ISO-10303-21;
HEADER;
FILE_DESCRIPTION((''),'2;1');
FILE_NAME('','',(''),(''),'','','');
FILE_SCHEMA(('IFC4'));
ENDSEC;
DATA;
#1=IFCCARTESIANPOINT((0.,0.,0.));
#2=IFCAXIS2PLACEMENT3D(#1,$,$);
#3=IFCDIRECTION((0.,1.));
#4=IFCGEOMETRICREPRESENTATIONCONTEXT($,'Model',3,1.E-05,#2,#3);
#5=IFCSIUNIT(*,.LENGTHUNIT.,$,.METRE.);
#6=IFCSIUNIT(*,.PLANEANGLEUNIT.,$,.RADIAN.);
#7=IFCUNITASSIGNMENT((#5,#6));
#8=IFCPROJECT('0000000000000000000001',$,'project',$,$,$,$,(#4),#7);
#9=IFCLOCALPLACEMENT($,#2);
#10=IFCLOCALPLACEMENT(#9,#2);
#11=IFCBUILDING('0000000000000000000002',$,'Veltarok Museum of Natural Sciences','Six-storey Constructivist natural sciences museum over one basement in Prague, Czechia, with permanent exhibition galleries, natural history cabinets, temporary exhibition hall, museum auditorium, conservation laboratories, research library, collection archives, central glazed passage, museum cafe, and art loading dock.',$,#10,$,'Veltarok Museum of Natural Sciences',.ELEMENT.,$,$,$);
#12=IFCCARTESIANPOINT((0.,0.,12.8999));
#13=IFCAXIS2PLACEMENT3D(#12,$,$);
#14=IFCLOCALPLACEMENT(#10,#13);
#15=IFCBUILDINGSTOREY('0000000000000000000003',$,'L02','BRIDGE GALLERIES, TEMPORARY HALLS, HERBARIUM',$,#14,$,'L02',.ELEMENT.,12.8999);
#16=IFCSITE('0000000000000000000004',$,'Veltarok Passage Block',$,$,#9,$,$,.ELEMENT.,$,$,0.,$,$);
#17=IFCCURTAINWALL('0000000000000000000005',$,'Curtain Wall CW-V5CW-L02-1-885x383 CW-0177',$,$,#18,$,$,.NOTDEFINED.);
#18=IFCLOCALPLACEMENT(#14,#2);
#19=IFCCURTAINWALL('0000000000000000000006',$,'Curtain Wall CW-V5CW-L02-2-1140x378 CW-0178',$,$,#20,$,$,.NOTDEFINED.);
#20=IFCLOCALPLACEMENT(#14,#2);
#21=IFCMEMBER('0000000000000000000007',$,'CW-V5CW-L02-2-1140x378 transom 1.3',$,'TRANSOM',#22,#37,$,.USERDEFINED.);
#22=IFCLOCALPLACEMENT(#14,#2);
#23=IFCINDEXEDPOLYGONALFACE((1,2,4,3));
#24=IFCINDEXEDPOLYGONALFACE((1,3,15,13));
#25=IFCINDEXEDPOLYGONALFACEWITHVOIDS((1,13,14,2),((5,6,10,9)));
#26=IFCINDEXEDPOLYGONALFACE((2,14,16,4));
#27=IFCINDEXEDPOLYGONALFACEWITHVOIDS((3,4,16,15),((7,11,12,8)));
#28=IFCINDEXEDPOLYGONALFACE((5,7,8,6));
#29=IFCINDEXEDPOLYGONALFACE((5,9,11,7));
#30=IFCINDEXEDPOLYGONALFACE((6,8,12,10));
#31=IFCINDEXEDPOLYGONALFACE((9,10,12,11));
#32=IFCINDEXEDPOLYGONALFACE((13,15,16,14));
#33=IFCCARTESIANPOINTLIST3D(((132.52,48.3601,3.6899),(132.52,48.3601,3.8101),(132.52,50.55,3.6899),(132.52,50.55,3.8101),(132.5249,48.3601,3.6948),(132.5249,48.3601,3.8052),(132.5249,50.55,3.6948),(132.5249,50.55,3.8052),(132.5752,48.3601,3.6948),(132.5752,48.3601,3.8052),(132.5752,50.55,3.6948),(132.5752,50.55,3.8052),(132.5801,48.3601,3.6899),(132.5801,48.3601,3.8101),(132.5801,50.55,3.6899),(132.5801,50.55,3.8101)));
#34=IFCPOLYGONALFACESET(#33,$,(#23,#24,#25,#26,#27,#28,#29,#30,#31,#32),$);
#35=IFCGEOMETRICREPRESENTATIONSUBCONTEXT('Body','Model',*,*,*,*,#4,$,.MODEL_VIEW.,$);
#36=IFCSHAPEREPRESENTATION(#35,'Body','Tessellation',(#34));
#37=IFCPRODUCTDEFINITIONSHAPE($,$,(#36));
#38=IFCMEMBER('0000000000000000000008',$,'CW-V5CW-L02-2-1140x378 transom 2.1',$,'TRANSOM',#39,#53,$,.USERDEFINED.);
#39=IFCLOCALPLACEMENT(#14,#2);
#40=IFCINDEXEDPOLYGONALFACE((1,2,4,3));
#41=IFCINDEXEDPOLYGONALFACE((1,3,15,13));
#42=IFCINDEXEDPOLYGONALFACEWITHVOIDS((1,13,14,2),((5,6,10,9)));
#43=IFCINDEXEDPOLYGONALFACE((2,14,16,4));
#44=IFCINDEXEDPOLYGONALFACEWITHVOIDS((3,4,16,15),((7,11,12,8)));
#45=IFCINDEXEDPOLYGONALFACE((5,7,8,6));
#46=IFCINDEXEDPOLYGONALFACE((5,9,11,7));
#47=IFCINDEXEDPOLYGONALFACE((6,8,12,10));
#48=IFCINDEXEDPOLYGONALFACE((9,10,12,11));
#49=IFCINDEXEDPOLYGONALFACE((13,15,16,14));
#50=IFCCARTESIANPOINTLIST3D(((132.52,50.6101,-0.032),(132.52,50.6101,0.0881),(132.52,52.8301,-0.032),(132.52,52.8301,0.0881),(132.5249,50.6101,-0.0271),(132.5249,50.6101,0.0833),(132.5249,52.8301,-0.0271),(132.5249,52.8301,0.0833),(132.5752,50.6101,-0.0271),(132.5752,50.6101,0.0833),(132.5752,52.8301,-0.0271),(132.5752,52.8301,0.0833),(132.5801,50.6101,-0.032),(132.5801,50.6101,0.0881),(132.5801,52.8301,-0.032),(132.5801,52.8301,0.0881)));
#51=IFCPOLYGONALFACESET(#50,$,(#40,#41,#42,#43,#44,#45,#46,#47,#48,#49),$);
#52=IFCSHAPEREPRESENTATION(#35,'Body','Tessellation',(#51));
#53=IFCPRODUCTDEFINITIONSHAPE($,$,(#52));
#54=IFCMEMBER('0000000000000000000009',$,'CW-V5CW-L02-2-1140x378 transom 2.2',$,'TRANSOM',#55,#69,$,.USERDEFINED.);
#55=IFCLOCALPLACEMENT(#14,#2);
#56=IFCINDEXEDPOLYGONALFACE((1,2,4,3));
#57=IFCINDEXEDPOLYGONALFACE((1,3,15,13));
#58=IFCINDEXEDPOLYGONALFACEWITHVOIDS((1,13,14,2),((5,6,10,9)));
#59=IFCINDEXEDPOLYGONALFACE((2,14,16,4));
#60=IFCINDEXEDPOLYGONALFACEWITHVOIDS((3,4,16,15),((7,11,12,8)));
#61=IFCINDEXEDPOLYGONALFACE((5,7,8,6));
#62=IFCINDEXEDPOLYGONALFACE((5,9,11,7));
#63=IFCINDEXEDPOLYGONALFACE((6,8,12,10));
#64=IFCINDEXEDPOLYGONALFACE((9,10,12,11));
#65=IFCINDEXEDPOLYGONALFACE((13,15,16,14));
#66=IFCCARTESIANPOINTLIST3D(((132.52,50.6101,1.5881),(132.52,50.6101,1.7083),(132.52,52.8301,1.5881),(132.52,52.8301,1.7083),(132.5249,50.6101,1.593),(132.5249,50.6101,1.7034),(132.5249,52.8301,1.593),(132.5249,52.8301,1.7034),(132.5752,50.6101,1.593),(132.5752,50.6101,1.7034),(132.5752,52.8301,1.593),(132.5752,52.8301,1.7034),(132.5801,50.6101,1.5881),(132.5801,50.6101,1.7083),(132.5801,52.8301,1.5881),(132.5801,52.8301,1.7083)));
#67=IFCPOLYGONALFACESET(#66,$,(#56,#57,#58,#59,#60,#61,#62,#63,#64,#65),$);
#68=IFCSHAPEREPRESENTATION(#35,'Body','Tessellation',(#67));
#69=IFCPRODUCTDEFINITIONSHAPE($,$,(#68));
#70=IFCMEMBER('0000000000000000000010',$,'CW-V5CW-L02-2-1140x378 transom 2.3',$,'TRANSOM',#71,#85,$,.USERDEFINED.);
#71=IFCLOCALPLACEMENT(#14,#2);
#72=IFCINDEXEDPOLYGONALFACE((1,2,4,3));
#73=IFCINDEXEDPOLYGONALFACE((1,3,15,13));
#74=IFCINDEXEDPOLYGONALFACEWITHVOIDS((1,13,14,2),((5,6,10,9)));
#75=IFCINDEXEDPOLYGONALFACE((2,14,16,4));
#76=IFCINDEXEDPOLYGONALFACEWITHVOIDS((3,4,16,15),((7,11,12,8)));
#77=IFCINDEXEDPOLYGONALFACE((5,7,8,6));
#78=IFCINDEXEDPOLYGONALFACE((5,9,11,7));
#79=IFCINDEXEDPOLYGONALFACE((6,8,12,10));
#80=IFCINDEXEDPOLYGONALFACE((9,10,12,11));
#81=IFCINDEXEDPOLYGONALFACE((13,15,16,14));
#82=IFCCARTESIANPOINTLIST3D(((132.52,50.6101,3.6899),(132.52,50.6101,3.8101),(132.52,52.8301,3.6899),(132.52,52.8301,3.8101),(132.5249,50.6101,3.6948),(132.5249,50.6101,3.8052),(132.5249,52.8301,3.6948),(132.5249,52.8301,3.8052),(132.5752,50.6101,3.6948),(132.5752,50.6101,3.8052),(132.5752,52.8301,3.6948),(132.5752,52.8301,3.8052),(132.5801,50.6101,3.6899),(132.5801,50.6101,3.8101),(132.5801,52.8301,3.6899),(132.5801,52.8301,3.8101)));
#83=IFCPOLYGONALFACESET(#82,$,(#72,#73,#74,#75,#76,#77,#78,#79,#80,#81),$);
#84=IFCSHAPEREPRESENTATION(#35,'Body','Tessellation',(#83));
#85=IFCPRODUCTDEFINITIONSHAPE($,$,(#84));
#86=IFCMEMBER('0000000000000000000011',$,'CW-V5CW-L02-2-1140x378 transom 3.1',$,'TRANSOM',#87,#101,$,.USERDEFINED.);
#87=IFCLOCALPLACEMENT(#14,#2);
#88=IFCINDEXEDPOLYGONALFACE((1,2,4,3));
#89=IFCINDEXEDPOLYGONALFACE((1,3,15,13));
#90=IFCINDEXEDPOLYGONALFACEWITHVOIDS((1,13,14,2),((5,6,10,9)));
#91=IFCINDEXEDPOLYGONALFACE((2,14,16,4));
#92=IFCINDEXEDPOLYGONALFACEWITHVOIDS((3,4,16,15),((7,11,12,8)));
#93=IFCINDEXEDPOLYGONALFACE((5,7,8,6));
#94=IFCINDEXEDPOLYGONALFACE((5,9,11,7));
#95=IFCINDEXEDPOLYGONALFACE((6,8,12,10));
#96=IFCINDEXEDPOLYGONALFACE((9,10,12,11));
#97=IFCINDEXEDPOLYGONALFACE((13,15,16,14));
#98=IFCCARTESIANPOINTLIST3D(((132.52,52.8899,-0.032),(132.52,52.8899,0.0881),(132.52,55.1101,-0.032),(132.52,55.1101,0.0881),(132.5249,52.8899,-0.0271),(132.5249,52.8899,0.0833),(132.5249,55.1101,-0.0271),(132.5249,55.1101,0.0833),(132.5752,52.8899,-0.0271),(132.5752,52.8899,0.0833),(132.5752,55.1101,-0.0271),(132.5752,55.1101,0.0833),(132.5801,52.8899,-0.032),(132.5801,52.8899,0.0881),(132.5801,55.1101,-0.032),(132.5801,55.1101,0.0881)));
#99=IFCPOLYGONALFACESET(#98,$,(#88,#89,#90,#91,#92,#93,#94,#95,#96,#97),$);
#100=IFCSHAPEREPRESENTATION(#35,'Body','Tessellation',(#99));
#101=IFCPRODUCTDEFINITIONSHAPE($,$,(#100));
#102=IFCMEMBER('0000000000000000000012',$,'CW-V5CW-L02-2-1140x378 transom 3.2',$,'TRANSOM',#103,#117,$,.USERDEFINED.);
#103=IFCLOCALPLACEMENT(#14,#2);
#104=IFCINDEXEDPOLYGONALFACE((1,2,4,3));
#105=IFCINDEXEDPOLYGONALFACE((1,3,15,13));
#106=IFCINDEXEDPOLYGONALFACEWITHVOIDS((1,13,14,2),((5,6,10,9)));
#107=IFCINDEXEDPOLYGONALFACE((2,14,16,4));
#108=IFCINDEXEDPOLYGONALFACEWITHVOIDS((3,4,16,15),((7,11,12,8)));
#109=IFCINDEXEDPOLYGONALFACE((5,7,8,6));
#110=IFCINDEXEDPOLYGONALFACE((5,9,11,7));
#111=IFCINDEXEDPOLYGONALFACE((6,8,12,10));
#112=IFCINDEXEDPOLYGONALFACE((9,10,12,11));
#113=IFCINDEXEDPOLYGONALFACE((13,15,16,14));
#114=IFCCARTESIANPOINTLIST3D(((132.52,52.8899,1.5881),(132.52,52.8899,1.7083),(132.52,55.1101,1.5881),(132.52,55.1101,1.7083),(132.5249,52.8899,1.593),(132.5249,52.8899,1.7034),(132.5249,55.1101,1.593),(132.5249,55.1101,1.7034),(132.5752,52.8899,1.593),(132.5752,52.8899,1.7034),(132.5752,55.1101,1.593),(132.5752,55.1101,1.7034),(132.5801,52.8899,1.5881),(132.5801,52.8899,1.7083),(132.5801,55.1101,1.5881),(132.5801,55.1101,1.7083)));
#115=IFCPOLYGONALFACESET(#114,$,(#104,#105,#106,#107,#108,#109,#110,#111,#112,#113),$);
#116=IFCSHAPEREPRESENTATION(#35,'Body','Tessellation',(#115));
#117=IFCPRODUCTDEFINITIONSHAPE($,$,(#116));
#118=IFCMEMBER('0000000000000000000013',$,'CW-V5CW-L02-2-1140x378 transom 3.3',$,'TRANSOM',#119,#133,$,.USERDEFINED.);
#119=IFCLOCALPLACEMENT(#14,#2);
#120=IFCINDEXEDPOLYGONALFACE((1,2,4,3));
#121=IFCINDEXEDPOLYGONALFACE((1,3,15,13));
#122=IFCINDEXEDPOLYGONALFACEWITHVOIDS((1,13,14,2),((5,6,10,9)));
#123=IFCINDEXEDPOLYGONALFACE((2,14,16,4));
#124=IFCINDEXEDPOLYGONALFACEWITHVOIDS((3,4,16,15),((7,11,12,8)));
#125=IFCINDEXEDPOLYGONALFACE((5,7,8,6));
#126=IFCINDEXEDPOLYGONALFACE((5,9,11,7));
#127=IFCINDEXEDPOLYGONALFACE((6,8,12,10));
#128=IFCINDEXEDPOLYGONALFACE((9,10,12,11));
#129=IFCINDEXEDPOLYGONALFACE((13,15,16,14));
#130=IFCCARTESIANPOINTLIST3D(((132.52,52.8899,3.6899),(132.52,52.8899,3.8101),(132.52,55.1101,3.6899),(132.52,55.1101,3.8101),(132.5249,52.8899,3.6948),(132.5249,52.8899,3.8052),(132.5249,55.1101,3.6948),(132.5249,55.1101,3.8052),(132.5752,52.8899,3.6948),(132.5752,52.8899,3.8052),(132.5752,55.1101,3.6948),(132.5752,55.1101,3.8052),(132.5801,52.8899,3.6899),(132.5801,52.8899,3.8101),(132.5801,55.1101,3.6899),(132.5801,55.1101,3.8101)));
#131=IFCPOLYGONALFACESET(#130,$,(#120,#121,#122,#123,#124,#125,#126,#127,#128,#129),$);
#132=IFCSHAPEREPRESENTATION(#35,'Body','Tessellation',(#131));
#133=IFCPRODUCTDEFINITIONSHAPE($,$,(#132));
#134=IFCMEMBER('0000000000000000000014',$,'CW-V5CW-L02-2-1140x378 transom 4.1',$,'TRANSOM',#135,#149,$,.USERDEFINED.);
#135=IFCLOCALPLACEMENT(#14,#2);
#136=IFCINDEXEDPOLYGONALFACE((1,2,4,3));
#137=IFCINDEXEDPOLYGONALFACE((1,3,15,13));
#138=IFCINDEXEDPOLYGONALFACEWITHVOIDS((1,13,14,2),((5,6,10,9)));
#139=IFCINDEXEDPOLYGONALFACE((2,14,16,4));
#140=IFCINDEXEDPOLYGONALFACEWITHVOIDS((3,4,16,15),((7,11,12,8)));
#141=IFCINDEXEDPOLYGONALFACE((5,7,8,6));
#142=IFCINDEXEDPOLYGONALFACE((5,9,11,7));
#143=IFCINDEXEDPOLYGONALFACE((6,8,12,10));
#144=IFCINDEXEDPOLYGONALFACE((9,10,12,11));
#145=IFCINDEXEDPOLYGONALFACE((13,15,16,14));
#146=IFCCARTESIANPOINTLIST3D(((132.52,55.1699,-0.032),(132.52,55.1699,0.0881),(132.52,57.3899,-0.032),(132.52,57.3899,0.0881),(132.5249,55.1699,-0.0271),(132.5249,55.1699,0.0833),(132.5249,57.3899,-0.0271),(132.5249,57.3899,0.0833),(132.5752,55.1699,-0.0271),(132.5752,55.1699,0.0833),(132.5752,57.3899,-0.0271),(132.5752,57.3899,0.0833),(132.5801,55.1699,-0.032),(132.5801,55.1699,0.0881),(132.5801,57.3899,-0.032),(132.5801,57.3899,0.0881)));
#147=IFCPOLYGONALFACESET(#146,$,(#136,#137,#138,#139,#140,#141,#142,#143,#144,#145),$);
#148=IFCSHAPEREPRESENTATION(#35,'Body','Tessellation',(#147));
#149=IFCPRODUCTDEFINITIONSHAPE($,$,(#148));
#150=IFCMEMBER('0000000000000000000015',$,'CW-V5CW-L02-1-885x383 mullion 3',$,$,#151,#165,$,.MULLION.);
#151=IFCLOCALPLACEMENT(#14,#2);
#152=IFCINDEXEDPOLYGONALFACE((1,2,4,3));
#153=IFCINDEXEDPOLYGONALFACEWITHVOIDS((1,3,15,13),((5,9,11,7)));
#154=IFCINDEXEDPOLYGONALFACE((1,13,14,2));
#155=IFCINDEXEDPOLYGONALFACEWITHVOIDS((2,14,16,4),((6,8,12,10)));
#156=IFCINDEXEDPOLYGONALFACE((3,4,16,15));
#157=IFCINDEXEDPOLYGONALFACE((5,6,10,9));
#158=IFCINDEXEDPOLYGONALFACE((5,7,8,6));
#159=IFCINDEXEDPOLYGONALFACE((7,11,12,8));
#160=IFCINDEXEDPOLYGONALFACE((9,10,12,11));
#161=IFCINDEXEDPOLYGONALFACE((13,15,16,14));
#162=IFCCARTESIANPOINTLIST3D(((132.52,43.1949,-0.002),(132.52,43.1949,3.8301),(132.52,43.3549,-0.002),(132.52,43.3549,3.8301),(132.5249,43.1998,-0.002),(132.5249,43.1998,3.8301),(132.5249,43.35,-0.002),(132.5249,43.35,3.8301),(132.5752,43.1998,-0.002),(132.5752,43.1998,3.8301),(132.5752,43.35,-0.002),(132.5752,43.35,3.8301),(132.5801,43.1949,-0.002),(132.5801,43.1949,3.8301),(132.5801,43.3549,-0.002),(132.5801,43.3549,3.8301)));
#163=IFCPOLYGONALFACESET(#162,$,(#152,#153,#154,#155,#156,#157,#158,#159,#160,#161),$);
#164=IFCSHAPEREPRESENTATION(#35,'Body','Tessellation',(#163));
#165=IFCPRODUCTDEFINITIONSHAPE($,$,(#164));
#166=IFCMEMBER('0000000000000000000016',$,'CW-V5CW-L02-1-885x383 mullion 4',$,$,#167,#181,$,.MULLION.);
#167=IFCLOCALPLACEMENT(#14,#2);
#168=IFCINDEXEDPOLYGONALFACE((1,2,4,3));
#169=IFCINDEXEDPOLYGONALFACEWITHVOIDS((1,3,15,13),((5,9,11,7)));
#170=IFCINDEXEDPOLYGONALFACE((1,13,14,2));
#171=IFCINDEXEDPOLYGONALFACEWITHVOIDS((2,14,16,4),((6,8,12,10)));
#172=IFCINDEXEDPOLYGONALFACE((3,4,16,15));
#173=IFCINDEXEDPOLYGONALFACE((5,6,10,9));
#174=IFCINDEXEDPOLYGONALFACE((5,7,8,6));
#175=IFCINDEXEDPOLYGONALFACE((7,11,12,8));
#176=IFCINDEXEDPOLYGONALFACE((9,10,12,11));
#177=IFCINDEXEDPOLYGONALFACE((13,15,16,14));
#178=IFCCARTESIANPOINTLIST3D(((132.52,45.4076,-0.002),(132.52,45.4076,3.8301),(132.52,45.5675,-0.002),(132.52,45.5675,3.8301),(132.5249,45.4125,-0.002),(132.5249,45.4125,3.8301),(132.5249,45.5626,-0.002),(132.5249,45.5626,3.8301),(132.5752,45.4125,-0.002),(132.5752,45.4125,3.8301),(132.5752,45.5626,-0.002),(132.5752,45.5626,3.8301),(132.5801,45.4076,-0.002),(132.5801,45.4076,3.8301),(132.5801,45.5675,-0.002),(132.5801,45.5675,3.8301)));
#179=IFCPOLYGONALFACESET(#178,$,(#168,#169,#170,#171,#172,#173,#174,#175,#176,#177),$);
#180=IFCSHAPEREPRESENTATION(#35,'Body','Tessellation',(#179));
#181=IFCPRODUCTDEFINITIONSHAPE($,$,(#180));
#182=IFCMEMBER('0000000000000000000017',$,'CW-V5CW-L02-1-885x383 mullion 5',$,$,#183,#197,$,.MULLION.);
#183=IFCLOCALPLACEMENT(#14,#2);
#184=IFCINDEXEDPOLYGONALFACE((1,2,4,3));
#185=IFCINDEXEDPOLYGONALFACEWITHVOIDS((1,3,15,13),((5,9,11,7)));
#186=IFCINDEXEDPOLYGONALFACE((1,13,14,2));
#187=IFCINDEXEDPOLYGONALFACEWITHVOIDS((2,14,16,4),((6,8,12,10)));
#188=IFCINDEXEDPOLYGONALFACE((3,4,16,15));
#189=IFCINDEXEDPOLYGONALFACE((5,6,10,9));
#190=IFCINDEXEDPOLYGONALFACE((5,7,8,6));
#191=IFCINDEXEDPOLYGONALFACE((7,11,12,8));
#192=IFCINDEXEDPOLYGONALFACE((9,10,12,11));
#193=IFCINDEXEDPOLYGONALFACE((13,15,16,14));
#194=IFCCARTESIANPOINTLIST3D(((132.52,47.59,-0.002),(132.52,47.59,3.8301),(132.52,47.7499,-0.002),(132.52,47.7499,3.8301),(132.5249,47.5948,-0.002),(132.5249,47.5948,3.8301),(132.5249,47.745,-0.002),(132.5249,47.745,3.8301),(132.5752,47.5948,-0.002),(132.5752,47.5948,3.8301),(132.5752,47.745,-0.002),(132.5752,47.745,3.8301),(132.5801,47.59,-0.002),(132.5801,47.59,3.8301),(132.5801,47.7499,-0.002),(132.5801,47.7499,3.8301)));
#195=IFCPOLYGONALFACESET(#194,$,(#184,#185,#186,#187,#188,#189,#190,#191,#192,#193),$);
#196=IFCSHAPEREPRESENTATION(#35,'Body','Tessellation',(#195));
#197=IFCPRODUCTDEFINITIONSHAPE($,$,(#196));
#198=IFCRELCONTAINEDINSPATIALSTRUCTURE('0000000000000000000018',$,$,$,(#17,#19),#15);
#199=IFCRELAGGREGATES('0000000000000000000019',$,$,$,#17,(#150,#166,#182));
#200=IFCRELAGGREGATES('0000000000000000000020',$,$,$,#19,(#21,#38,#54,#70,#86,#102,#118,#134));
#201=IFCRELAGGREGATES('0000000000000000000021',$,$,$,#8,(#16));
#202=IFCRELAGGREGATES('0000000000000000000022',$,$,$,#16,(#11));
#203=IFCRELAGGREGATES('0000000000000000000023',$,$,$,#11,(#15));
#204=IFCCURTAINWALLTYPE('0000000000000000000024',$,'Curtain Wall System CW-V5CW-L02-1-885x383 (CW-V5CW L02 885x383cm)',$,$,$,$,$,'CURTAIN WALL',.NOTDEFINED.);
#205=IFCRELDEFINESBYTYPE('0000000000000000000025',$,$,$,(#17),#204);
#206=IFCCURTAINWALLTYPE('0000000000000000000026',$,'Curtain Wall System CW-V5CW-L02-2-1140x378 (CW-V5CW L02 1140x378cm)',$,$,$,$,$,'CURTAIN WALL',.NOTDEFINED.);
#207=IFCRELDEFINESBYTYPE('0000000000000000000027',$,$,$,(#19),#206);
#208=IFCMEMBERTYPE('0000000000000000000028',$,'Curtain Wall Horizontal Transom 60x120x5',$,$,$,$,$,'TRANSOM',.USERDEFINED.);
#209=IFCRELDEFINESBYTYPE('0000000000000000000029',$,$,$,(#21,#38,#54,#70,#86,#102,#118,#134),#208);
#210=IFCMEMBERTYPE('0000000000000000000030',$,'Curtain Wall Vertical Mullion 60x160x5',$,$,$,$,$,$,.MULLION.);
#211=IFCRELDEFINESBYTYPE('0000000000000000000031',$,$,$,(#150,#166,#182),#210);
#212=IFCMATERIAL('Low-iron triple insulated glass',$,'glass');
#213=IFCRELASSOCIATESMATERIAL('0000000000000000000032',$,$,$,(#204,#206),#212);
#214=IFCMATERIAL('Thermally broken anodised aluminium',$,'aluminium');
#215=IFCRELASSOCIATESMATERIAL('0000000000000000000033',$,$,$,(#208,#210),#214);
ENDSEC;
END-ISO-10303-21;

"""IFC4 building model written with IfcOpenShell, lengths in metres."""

from ifc_helpers import new_model, si_unit, direction, frame, origin, origin_2d, place, context, subcontext, project, spatial, hollow_rectangle, extrude, material, material_profile, profile_set, type_object, element, aggregate, save


model = new_model("IFC4")

# Units and contexts
model_context = context("Model", 3, precision=1e-05, world=origin(), true_north=direction((0.0, 1.0)))
body_context = subcontext(model_context, "Body", "Model", "MODEL_VIEW")
ifc_project = project(units=[si_unit("LENGTHUNIT", "METRE"), si_unit("PLANEANGLEUNIT", "RADIAN")], contexts=[model_context])

# Site, building, storey
site_placement = place(None, origin())
site = spatial("IfcSite", under=ifc_project, at=site_placement, Name="Veltarok Passage Block", CompositionType="ELEMENT", RefElevation=0.0)
building_placement = place(site_placement, origin())
building = spatial("IfcBuilding", under=site, at=building_placement, Name="Veltarok Museum of Natural Sciences", Description="Six-storey Constructivist natural sciences museum over one basement in Prague, Czechia, with permanent exhibition galleries, natural history cabinets, temporary exhibition hall, museum auditorium, conservation laboratories, research library, collection archives, central glazed passage, museum cafe, and art loading dock.", LongName="Veltarok Museum of Natural Sciences", CompositionType="ELEMENT")
storey_placement = place(building_placement, frame((0.0, 0.0, 12.8999)))
storey = spatial("IfcBuildingStorey", under=building, at=storey_placement, Name="L02", Description="BRIDGE GALLERIES, TEMPORARY HALLS, HERBARIUM", LongName="L02", CompositionType="ELEMENT", Elevation=12.8999)

# Curtain walls, members
ifc_material_1 = material(Name="Low-iron triple insulated glass", Category="glass")
curtain_wall_type_1 = type_object("IfcCurtainWallType", Name="Curtain Wall System CW-V5CW-L02-1-885x383 (CW-V5CW L02 885x383cm)", ElementType="CURTAIN WALL", PredefinedType="NOTDEFINED", material=ifc_material_1)
curtain_wall_1_placement = place(storey_placement, origin())
curtain_wall_1 = element("IfcCurtainWall", 1, at=curtain_wall_1_placement, inside=storey, type_object=curtain_wall_type_1, Name="Curtain Wall CW-V5CW-L02-1-885x383 CW-0177", PredefinedType="NOTDEFINED")
ifc_material_2 = material(Name="Thermally broken anodised aluminium", Category="aluminium")
ifc_material_profile_1 = material_profile(ifc_material_2, hollow_rectangle(XDim=0.0601, YDim=0.1201, WallThickness=0.0049, at=origin_2d()), Name="CW TRANSOM 60x120x5")
ifc_profile_set_1 = profile_set([ifc_material_profile_1], Name="Thermally broken anodised aluminium")
member_type_1 = type_object("IfcMemberType", Name="Curtain Wall Horizontal Transom 60x120x5", ElementType="TRANSOM", PredefinedType="USERDEFINED", material=ifc_profile_set_1)
curtain_wall_type_2 = type_object("IfcCurtainWallType", Name="Curtain Wall System CW-V5CW-L02-2-1140x378 (CW-V5CW L02 1140x378cm)", ElementType="CURTAIN WALL", PredefinedType="NOTDEFINED", material=ifc_material_1)
curtain_wall_2_placement = place(storey_placement, origin())
curtain_wall_2 = element("IfcCurtainWall", 2, at=curtain_wall_2_placement, inside=storey, type_object=curtain_wall_type_2, Name="Curtain Wall CW-V5CW-L02-2-1140x378 CW-0178", PredefinedType="NOTDEFINED")
member_1_placement = place(storey_placement, frame((132.55, 48.3601, 3.75), z_axis=(0.0, 1.0, 0.0), x_axis=(-1.0, 0.0, 0.0)))
member_1 = element("IfcMember", 3, at=member_1_placement, type_object=member_type_1, Name="CW-V5CW-L02-2-1140x378 transom 1.3", ObjectType="TRANSOM", PredefinedType="USERDEFINED", context=body_context, shape_type="SweptSolid", body=[
    extrude(hollow_rectangle(XDim=0.0601, YDim=0.1201, WallThickness=0.0049, at=origin_2d()), origin(), (0.0, 0.0, 1.0), 2.1899),
])
member_2_placement = place(storey_placement, frame((132.55, 50.6101, 0.0281), z_axis=(0.0, 1.0, 0.0), x_axis=(-1.0, 0.0, 0.0)))
member_2 = element("IfcMember", 4, at=member_2_placement, type_object=member_type_1, Name="CW-V5CW-L02-2-1140x378 transom 2.1", ObjectType="TRANSOM", PredefinedType="USERDEFINED", context=body_context, shape_type="SweptSolid", body=[
    extrude(hollow_rectangle(XDim=0.0601, YDim=0.1201, WallThickness=0.0049, at=origin_2d()), origin(), (0.0, 0.0, 1.0), 2.22),
])
member_3_placement = place(storey_placement, frame((132.55, 50.6101, 1.6482), z_axis=(0.0, 1.0, 0.0), x_axis=(-1.0, 0.0, 0.0)))
member_3 = element("IfcMember", 5, at=member_3_placement, type_object=member_type_1, Name="CW-V5CW-L02-2-1140x378 transom 2.2", ObjectType="TRANSOM", PredefinedType="USERDEFINED", context=body_context, shape_type="SweptSolid", body=[
    extrude(hollow_rectangle(XDim=0.0601, YDim=0.1201, WallThickness=0.0049, at=origin_2d()), origin(), (0.0, 0.0, 1.0), 2.22),
])
member_4_placement = place(storey_placement, frame((132.55, 50.6101, 3.75), z_axis=(0.0, 1.0, 0.0), x_axis=(-1.0, 0.0, 0.0)))
member_4 = element("IfcMember", 6, at=member_4_placement, type_object=member_type_1, Name="CW-V5CW-L02-2-1140x378 transom 2.3", ObjectType="TRANSOM", PredefinedType="USERDEFINED", context=body_context, shape_type="SweptSolid", body=[
    extrude(hollow_rectangle(XDim=0.0601, YDim=0.1201, WallThickness=0.0049, at=origin_2d()), origin(), (0.0, 0.0, 1.0), 2.22),
])
member_5_placement = place(storey_placement, frame((132.55, 52.8899, 0.0281), z_axis=(0.0, 1.0, 0.0), x_axis=(-1.0, 0.0, 0.0)))
member_5 = element("IfcMember", 7, at=member_5_placement, type_object=member_type_1, Name="CW-V5CW-L02-2-1140x378 transom 3.1", ObjectType="TRANSOM", PredefinedType="USERDEFINED", context=body_context, shape_type="SweptSolid", body=[
    extrude(hollow_rectangle(XDim=0.0601, YDim=0.1201, WallThickness=0.0049, at=origin_2d()), origin(), (0.0, 0.0, 1.0), 2.2202),
])
member_6_placement = place(storey_placement, frame((132.55, 52.8899, 1.6482), z_axis=(0.0, 1.0, 0.0), x_axis=(-1.0, 0.0, 0.0)))
member_6 = element("IfcMember", 8, at=member_6_placement, type_object=member_type_1, Name="CW-V5CW-L02-2-1140x378 transom 3.2", ObjectType="TRANSOM", PredefinedType="USERDEFINED", context=body_context, shape_type="SweptSolid", body=[
    extrude(hollow_rectangle(XDim=0.0601, YDim=0.1201, WallThickness=0.0049, at=origin_2d()), origin(), (0.0, 0.0, 1.0), 2.2202),
])
member_7_placement = place(storey_placement, frame((132.55, 52.8899, 3.75), z_axis=(0.0, 1.0, 0.0), x_axis=(-1.0, 0.0, 0.0)))
member_7 = element("IfcMember", 9, at=member_7_placement, type_object=member_type_1, Name="CW-V5CW-L02-2-1140x378 transom 3.3", ObjectType="TRANSOM", PredefinedType="USERDEFINED", context=body_context, shape_type="SweptSolid", body=[
    extrude(hollow_rectangle(XDim=0.0601, YDim=0.1201, WallThickness=0.0049, at=origin_2d()), origin(), (0.0, 0.0, 1.0), 2.2202),
])
member_8_placement = place(storey_placement, frame((132.55, 55.1699, 0.0281), z_axis=(0.0, 1.0, 0.0), x_axis=(-1.0, 0.0, 0.0)))
member_8 = element("IfcMember", 10, at=member_8_placement, type_object=member_type_1, Name="CW-V5CW-L02-2-1140x378 transom 4.1", ObjectType="TRANSOM", PredefinedType="USERDEFINED", context=body_context, shape_type="SweptSolid", body=[
    extrude(hollow_rectangle(XDim=0.0601, YDim=0.1201, WallThickness=0.0049, at=origin_2d()), origin(), (0.0, 0.0, 1.0), 2.22),
])

# Members
ifc_material_profile_2 = material_profile(ifc_material_2, hollow_rectangle(XDim=0.0601, YDim=0.1599, WallThickness=0.0049, at=origin_2d()), Name="CW MULLION 60x160x5")
ifc_profile_set_2 = profile_set([ifc_material_profile_2], Name="Thermally broken anodised aluminium")
member_type_2 = type_object("IfcMemberType", Name="Curtain Wall Vertical Mullion 60x160x5", PredefinedType="MULLION", material=ifc_profile_set_2)
member_9_placement = place(storey_placement, frame((132.55, 43.2749, -0.002), z_axis=(0.0, 0.0, 1.0), x_axis=(-1.0, 0.0, 0.0)))
member_9 = element("IfcMember", 11, at=member_9_placement, type_object=member_type_2, Name="CW-V5CW-L02-1-885x383 mullion 3", PredefinedType="MULLION", context=body_context, shape_type="SweptSolid", body=[
    extrude(hollow_rectangle(XDim=0.0601, YDim=0.1599, WallThickness=0.0049, at=origin_2d()), origin(), (0.0, 0.0, 1.0), 3.832),
])
member_10_placement = place(storey_placement, frame((132.55, 45.4875, -0.002), z_axis=(0.0, 0.0, 1.0), x_axis=(-1.0, 0.0, 0.0)))
member_10 = element("IfcMember", 12, at=member_10_placement, type_object=member_type_2, Name="CW-V5CW-L02-1-885x383 mullion 4", PredefinedType="MULLION", context=body_context, shape_type="SweptSolid", body=[
    extrude(hollow_rectangle(XDim=0.0601, YDim=0.1599, WallThickness=0.0049, at=origin_2d()), origin(), (0.0, 0.0, 1.0), 3.832),
])
member_11_placement = place(storey_placement, frame((132.55, 47.6699, -0.002), z_axis=(0.0, 0.0, 1.0), x_axis=(-1.0, 0.0, 0.0)))
member_11 = element("IfcMember", 13, at=member_11_placement, type_object=member_type_2, Name="CW-V5CW-L02-1-885x383 mullion 5", PredefinedType="MULLION", context=body_context, shape_type="SweptSolid", body=[
    extrude(hollow_rectangle(XDim=0.0601, YDim=0.1599, WallThickness=0.0049, at=origin_2d()), origin(), (0.0, 0.0, 1.0), 3.832),
])

aggregate(curtain_wall_1, [member_9, member_10, member_11])
aggregate(curtain_wall_2, [member_1, member_2, member_3, member_4, member_5, member_6, member_7, member_8])

save(model, "model.ifc")
